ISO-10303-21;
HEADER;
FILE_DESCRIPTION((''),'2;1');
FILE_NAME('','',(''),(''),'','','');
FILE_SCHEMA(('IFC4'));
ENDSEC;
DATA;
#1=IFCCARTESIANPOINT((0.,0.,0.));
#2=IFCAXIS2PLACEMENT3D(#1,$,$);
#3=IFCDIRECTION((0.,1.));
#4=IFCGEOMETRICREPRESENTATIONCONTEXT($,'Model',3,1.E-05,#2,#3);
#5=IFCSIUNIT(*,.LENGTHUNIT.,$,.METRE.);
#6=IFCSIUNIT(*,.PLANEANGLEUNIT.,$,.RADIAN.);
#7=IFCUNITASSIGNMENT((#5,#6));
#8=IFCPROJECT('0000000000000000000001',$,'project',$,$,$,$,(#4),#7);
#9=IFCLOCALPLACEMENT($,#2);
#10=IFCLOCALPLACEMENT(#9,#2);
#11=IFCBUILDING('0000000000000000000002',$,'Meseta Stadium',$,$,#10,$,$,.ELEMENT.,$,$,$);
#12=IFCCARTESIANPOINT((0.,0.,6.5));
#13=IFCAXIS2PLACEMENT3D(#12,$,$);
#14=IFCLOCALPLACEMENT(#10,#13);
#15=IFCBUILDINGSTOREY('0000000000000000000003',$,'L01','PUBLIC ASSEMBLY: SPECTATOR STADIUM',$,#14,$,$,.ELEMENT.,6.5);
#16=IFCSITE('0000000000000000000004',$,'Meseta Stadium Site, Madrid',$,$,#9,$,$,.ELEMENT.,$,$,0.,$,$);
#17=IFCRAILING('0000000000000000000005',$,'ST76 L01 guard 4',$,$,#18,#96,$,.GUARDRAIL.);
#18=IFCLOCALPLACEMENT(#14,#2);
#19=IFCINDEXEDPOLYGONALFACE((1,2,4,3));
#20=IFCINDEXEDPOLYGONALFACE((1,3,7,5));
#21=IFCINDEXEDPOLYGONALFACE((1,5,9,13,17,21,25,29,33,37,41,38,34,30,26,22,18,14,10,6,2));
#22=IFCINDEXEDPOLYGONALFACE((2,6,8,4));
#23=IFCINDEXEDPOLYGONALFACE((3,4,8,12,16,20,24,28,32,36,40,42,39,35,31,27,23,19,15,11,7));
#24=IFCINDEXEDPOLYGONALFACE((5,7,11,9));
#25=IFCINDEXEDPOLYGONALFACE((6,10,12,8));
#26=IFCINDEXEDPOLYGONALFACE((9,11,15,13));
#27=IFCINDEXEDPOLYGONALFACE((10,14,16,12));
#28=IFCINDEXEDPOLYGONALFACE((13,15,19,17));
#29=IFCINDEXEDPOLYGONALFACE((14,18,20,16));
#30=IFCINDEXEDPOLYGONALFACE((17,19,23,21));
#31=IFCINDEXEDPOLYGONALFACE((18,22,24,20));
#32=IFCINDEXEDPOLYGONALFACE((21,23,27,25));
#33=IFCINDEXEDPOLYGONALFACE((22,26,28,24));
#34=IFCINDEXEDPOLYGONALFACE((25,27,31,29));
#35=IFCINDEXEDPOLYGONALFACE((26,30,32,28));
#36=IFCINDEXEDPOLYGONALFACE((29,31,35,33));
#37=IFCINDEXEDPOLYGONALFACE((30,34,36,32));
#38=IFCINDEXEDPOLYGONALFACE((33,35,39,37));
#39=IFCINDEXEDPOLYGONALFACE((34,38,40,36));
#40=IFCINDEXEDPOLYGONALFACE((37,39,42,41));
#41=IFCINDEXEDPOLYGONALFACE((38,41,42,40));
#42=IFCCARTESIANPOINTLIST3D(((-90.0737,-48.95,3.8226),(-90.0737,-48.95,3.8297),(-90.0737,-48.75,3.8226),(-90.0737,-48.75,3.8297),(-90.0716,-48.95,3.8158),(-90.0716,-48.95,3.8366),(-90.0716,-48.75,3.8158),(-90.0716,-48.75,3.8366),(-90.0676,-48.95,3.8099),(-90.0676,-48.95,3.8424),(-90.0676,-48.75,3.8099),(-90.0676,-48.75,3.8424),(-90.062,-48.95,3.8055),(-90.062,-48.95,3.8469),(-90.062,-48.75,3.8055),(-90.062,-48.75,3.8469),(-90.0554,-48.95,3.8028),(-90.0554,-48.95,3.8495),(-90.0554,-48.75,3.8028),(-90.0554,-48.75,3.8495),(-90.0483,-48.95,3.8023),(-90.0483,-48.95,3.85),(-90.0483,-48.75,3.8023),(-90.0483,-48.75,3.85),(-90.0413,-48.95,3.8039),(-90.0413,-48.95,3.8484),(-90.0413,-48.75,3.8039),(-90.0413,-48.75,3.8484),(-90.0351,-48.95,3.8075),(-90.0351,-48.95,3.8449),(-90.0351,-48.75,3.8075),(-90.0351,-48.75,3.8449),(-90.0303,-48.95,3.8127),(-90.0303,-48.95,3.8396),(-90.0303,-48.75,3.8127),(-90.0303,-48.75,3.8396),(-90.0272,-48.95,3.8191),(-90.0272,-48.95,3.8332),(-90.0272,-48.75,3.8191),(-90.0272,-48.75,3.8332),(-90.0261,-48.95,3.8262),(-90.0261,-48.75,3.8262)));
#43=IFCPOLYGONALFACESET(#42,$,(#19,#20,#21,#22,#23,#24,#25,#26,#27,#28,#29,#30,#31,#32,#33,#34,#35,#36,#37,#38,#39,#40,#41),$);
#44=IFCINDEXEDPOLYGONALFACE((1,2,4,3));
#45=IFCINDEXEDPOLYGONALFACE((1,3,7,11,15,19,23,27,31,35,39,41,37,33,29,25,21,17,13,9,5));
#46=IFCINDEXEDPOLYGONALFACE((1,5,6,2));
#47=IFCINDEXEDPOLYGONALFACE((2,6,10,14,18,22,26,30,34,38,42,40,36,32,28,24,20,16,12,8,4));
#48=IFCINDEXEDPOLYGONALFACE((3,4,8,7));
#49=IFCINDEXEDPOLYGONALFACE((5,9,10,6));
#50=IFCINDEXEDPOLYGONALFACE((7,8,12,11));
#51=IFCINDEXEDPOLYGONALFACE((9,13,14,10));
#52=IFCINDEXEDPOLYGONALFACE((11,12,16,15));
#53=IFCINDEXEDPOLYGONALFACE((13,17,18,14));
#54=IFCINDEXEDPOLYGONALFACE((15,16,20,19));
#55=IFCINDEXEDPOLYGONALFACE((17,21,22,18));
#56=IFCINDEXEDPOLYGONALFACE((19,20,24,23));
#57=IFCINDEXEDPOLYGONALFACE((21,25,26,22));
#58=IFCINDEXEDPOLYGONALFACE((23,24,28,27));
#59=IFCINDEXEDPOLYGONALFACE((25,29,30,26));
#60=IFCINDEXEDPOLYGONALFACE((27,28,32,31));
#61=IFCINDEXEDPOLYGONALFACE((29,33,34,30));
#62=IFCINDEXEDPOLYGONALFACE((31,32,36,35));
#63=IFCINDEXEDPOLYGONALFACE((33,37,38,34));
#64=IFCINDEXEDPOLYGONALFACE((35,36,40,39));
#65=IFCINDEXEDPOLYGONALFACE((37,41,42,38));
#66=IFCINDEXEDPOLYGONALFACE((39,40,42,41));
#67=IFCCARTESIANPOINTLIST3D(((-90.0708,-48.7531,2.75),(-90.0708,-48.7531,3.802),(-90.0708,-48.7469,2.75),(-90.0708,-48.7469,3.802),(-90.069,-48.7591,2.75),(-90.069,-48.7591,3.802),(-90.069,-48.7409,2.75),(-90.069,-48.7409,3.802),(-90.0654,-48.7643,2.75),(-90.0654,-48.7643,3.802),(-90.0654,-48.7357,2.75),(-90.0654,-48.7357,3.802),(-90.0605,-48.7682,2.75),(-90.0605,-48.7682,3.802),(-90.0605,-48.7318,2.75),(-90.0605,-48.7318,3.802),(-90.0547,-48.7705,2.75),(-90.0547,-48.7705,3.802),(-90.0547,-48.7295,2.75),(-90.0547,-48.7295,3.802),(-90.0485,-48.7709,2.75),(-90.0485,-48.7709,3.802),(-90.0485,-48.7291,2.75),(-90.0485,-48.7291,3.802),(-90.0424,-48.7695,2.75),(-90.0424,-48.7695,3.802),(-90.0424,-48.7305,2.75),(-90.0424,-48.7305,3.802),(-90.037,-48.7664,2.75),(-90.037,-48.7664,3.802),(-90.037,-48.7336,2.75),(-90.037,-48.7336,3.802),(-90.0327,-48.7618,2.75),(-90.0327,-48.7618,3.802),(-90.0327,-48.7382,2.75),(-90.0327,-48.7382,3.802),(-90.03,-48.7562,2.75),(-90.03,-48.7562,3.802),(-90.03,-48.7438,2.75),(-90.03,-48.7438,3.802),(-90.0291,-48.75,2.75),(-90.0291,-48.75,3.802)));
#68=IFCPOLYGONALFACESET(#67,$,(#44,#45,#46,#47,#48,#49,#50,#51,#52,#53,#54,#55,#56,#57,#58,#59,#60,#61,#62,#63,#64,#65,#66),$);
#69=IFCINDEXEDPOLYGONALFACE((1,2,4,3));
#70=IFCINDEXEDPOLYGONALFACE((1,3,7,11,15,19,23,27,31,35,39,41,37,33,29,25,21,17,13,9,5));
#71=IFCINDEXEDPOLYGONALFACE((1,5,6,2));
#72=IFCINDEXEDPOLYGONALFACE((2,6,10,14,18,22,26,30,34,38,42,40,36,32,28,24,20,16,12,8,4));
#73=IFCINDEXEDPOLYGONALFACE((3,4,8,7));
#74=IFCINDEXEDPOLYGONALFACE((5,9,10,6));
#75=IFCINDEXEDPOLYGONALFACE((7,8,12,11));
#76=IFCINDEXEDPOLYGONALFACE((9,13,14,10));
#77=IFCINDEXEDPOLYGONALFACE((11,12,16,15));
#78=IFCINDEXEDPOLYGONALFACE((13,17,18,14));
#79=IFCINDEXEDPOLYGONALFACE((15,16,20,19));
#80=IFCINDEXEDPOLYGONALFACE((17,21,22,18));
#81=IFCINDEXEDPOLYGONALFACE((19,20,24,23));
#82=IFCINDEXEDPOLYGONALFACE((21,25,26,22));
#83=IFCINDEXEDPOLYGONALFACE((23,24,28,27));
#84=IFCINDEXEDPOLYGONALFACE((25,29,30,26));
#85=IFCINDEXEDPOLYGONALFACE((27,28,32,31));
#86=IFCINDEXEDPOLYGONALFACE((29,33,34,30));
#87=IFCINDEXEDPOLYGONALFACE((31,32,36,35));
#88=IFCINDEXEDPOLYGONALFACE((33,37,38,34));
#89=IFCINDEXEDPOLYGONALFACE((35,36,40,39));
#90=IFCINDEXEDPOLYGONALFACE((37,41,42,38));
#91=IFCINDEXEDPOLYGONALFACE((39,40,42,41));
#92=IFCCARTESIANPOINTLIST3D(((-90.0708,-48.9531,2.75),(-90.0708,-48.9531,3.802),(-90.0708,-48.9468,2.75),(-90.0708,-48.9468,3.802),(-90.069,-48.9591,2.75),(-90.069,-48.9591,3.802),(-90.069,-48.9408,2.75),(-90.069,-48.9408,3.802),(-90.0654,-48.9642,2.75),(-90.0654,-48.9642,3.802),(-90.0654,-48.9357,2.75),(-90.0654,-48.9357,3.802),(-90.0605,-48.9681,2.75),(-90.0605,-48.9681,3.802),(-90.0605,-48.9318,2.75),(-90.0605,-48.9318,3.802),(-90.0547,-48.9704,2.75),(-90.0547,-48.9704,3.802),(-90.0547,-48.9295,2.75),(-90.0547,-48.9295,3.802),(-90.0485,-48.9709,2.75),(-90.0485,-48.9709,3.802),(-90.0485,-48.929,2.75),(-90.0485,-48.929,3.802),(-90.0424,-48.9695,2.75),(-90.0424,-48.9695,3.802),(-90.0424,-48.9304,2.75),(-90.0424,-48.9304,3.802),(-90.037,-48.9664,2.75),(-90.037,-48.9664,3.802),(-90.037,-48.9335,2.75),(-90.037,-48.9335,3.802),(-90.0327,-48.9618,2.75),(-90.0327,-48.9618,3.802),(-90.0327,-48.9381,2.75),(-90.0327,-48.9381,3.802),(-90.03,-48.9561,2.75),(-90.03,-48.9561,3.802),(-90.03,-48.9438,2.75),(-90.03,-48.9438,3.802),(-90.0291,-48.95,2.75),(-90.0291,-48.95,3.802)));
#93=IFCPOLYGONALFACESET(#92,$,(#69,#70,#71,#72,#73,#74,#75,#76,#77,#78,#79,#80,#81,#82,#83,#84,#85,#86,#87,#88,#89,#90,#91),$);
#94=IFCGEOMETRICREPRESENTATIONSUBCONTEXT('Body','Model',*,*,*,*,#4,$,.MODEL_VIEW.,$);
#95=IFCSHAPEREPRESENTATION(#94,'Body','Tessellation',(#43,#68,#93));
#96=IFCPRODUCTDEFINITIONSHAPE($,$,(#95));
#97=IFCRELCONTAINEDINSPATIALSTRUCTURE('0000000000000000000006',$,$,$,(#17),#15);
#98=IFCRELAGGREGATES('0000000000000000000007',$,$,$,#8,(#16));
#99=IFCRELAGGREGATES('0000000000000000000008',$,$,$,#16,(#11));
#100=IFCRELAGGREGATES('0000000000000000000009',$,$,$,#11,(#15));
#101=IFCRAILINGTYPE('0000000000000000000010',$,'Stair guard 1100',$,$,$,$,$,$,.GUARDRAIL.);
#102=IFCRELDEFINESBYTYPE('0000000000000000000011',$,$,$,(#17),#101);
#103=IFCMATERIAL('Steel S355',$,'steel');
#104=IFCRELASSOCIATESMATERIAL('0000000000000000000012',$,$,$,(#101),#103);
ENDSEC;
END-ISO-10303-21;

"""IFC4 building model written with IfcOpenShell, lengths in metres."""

from ifc_helpers import new_model, si_unit, direction, frame, origin, origin_2d, place, context, subcontext, project, spatial, circle, extrude, material, type_object, element, save


model = new_model("IFC4")

# Units and contexts
model_context = context("Model", 3, precision=1e-05, world=origin(), true_north=direction((0.0, 1.0)))
body_context = subcontext(model_context, "Body", "Model", "MODEL_VIEW")
ifc_project = project(units=[si_unit("LENGTHUNIT", "METRE"), si_unit("PLANEANGLEUNIT", "RADIAN")], contexts=[model_context])

# Site, building, storey
site_placement = place(None, origin())
site = spatial("IfcSite", under=ifc_project, at=site_placement, Name="Meseta Stadium Site, Madrid", CompositionType="ELEMENT", RefElevation=0.0)
building_placement = place(site_placement, origin())
building = spatial("IfcBuilding", under=site, at=building_placement, Name="Meseta Stadium", CompositionType="ELEMENT")
storey_placement = place(building_placement, frame((0.0, 0.0, 6.5)))
storey = spatial("IfcBuildingStorey", under=building, at=storey_placement, Name="L01", Description="PUBLIC ASSEMBLY: SPECTATOR STADIUM", CompositionType="ELEMENT", Elevation=6.5)

# Railing
ifc_material_1 = material(Name="Steel S355", Category="steel")
railing_type_1 = type_object("IfcRailingType", Name="Stair guard 1100", PredefinedType="GUARDRAIL", material=ifc_material_1)
railing_1_placement = place(storey_placement, frame((-90.05, -48.75, 2.75)))
element("IfcRailing", 1, at=railing_1_placement, inside=storey, type_object=railing_type_1, Name="ST76 L01 guard 4", PredefinedType="GUARDRAIL", context=body_context, shape_type="SweptSolid", body=[
    extrude(circle(Radius=0.0239, at=origin_2d()), frame((0.0, 0.0, 1.0762), z_axis=(0.0, -1.0, 0.0), x_axis=(1.0, 0.0, 0.0)), (0.0, 0.0, 1.0), 0.2),
    extrude(circle(Radius=0.021, at=origin_2d()), origin(), (0.0, 0.0, 1.0), 1.052),
    extrude(circle(Radius=0.021, at=origin_2d()), frame((0.0, -0.2, 0.0)), (0.0, 0.0, 1.0), 1.052),
])

save(model, "model.ifc")
